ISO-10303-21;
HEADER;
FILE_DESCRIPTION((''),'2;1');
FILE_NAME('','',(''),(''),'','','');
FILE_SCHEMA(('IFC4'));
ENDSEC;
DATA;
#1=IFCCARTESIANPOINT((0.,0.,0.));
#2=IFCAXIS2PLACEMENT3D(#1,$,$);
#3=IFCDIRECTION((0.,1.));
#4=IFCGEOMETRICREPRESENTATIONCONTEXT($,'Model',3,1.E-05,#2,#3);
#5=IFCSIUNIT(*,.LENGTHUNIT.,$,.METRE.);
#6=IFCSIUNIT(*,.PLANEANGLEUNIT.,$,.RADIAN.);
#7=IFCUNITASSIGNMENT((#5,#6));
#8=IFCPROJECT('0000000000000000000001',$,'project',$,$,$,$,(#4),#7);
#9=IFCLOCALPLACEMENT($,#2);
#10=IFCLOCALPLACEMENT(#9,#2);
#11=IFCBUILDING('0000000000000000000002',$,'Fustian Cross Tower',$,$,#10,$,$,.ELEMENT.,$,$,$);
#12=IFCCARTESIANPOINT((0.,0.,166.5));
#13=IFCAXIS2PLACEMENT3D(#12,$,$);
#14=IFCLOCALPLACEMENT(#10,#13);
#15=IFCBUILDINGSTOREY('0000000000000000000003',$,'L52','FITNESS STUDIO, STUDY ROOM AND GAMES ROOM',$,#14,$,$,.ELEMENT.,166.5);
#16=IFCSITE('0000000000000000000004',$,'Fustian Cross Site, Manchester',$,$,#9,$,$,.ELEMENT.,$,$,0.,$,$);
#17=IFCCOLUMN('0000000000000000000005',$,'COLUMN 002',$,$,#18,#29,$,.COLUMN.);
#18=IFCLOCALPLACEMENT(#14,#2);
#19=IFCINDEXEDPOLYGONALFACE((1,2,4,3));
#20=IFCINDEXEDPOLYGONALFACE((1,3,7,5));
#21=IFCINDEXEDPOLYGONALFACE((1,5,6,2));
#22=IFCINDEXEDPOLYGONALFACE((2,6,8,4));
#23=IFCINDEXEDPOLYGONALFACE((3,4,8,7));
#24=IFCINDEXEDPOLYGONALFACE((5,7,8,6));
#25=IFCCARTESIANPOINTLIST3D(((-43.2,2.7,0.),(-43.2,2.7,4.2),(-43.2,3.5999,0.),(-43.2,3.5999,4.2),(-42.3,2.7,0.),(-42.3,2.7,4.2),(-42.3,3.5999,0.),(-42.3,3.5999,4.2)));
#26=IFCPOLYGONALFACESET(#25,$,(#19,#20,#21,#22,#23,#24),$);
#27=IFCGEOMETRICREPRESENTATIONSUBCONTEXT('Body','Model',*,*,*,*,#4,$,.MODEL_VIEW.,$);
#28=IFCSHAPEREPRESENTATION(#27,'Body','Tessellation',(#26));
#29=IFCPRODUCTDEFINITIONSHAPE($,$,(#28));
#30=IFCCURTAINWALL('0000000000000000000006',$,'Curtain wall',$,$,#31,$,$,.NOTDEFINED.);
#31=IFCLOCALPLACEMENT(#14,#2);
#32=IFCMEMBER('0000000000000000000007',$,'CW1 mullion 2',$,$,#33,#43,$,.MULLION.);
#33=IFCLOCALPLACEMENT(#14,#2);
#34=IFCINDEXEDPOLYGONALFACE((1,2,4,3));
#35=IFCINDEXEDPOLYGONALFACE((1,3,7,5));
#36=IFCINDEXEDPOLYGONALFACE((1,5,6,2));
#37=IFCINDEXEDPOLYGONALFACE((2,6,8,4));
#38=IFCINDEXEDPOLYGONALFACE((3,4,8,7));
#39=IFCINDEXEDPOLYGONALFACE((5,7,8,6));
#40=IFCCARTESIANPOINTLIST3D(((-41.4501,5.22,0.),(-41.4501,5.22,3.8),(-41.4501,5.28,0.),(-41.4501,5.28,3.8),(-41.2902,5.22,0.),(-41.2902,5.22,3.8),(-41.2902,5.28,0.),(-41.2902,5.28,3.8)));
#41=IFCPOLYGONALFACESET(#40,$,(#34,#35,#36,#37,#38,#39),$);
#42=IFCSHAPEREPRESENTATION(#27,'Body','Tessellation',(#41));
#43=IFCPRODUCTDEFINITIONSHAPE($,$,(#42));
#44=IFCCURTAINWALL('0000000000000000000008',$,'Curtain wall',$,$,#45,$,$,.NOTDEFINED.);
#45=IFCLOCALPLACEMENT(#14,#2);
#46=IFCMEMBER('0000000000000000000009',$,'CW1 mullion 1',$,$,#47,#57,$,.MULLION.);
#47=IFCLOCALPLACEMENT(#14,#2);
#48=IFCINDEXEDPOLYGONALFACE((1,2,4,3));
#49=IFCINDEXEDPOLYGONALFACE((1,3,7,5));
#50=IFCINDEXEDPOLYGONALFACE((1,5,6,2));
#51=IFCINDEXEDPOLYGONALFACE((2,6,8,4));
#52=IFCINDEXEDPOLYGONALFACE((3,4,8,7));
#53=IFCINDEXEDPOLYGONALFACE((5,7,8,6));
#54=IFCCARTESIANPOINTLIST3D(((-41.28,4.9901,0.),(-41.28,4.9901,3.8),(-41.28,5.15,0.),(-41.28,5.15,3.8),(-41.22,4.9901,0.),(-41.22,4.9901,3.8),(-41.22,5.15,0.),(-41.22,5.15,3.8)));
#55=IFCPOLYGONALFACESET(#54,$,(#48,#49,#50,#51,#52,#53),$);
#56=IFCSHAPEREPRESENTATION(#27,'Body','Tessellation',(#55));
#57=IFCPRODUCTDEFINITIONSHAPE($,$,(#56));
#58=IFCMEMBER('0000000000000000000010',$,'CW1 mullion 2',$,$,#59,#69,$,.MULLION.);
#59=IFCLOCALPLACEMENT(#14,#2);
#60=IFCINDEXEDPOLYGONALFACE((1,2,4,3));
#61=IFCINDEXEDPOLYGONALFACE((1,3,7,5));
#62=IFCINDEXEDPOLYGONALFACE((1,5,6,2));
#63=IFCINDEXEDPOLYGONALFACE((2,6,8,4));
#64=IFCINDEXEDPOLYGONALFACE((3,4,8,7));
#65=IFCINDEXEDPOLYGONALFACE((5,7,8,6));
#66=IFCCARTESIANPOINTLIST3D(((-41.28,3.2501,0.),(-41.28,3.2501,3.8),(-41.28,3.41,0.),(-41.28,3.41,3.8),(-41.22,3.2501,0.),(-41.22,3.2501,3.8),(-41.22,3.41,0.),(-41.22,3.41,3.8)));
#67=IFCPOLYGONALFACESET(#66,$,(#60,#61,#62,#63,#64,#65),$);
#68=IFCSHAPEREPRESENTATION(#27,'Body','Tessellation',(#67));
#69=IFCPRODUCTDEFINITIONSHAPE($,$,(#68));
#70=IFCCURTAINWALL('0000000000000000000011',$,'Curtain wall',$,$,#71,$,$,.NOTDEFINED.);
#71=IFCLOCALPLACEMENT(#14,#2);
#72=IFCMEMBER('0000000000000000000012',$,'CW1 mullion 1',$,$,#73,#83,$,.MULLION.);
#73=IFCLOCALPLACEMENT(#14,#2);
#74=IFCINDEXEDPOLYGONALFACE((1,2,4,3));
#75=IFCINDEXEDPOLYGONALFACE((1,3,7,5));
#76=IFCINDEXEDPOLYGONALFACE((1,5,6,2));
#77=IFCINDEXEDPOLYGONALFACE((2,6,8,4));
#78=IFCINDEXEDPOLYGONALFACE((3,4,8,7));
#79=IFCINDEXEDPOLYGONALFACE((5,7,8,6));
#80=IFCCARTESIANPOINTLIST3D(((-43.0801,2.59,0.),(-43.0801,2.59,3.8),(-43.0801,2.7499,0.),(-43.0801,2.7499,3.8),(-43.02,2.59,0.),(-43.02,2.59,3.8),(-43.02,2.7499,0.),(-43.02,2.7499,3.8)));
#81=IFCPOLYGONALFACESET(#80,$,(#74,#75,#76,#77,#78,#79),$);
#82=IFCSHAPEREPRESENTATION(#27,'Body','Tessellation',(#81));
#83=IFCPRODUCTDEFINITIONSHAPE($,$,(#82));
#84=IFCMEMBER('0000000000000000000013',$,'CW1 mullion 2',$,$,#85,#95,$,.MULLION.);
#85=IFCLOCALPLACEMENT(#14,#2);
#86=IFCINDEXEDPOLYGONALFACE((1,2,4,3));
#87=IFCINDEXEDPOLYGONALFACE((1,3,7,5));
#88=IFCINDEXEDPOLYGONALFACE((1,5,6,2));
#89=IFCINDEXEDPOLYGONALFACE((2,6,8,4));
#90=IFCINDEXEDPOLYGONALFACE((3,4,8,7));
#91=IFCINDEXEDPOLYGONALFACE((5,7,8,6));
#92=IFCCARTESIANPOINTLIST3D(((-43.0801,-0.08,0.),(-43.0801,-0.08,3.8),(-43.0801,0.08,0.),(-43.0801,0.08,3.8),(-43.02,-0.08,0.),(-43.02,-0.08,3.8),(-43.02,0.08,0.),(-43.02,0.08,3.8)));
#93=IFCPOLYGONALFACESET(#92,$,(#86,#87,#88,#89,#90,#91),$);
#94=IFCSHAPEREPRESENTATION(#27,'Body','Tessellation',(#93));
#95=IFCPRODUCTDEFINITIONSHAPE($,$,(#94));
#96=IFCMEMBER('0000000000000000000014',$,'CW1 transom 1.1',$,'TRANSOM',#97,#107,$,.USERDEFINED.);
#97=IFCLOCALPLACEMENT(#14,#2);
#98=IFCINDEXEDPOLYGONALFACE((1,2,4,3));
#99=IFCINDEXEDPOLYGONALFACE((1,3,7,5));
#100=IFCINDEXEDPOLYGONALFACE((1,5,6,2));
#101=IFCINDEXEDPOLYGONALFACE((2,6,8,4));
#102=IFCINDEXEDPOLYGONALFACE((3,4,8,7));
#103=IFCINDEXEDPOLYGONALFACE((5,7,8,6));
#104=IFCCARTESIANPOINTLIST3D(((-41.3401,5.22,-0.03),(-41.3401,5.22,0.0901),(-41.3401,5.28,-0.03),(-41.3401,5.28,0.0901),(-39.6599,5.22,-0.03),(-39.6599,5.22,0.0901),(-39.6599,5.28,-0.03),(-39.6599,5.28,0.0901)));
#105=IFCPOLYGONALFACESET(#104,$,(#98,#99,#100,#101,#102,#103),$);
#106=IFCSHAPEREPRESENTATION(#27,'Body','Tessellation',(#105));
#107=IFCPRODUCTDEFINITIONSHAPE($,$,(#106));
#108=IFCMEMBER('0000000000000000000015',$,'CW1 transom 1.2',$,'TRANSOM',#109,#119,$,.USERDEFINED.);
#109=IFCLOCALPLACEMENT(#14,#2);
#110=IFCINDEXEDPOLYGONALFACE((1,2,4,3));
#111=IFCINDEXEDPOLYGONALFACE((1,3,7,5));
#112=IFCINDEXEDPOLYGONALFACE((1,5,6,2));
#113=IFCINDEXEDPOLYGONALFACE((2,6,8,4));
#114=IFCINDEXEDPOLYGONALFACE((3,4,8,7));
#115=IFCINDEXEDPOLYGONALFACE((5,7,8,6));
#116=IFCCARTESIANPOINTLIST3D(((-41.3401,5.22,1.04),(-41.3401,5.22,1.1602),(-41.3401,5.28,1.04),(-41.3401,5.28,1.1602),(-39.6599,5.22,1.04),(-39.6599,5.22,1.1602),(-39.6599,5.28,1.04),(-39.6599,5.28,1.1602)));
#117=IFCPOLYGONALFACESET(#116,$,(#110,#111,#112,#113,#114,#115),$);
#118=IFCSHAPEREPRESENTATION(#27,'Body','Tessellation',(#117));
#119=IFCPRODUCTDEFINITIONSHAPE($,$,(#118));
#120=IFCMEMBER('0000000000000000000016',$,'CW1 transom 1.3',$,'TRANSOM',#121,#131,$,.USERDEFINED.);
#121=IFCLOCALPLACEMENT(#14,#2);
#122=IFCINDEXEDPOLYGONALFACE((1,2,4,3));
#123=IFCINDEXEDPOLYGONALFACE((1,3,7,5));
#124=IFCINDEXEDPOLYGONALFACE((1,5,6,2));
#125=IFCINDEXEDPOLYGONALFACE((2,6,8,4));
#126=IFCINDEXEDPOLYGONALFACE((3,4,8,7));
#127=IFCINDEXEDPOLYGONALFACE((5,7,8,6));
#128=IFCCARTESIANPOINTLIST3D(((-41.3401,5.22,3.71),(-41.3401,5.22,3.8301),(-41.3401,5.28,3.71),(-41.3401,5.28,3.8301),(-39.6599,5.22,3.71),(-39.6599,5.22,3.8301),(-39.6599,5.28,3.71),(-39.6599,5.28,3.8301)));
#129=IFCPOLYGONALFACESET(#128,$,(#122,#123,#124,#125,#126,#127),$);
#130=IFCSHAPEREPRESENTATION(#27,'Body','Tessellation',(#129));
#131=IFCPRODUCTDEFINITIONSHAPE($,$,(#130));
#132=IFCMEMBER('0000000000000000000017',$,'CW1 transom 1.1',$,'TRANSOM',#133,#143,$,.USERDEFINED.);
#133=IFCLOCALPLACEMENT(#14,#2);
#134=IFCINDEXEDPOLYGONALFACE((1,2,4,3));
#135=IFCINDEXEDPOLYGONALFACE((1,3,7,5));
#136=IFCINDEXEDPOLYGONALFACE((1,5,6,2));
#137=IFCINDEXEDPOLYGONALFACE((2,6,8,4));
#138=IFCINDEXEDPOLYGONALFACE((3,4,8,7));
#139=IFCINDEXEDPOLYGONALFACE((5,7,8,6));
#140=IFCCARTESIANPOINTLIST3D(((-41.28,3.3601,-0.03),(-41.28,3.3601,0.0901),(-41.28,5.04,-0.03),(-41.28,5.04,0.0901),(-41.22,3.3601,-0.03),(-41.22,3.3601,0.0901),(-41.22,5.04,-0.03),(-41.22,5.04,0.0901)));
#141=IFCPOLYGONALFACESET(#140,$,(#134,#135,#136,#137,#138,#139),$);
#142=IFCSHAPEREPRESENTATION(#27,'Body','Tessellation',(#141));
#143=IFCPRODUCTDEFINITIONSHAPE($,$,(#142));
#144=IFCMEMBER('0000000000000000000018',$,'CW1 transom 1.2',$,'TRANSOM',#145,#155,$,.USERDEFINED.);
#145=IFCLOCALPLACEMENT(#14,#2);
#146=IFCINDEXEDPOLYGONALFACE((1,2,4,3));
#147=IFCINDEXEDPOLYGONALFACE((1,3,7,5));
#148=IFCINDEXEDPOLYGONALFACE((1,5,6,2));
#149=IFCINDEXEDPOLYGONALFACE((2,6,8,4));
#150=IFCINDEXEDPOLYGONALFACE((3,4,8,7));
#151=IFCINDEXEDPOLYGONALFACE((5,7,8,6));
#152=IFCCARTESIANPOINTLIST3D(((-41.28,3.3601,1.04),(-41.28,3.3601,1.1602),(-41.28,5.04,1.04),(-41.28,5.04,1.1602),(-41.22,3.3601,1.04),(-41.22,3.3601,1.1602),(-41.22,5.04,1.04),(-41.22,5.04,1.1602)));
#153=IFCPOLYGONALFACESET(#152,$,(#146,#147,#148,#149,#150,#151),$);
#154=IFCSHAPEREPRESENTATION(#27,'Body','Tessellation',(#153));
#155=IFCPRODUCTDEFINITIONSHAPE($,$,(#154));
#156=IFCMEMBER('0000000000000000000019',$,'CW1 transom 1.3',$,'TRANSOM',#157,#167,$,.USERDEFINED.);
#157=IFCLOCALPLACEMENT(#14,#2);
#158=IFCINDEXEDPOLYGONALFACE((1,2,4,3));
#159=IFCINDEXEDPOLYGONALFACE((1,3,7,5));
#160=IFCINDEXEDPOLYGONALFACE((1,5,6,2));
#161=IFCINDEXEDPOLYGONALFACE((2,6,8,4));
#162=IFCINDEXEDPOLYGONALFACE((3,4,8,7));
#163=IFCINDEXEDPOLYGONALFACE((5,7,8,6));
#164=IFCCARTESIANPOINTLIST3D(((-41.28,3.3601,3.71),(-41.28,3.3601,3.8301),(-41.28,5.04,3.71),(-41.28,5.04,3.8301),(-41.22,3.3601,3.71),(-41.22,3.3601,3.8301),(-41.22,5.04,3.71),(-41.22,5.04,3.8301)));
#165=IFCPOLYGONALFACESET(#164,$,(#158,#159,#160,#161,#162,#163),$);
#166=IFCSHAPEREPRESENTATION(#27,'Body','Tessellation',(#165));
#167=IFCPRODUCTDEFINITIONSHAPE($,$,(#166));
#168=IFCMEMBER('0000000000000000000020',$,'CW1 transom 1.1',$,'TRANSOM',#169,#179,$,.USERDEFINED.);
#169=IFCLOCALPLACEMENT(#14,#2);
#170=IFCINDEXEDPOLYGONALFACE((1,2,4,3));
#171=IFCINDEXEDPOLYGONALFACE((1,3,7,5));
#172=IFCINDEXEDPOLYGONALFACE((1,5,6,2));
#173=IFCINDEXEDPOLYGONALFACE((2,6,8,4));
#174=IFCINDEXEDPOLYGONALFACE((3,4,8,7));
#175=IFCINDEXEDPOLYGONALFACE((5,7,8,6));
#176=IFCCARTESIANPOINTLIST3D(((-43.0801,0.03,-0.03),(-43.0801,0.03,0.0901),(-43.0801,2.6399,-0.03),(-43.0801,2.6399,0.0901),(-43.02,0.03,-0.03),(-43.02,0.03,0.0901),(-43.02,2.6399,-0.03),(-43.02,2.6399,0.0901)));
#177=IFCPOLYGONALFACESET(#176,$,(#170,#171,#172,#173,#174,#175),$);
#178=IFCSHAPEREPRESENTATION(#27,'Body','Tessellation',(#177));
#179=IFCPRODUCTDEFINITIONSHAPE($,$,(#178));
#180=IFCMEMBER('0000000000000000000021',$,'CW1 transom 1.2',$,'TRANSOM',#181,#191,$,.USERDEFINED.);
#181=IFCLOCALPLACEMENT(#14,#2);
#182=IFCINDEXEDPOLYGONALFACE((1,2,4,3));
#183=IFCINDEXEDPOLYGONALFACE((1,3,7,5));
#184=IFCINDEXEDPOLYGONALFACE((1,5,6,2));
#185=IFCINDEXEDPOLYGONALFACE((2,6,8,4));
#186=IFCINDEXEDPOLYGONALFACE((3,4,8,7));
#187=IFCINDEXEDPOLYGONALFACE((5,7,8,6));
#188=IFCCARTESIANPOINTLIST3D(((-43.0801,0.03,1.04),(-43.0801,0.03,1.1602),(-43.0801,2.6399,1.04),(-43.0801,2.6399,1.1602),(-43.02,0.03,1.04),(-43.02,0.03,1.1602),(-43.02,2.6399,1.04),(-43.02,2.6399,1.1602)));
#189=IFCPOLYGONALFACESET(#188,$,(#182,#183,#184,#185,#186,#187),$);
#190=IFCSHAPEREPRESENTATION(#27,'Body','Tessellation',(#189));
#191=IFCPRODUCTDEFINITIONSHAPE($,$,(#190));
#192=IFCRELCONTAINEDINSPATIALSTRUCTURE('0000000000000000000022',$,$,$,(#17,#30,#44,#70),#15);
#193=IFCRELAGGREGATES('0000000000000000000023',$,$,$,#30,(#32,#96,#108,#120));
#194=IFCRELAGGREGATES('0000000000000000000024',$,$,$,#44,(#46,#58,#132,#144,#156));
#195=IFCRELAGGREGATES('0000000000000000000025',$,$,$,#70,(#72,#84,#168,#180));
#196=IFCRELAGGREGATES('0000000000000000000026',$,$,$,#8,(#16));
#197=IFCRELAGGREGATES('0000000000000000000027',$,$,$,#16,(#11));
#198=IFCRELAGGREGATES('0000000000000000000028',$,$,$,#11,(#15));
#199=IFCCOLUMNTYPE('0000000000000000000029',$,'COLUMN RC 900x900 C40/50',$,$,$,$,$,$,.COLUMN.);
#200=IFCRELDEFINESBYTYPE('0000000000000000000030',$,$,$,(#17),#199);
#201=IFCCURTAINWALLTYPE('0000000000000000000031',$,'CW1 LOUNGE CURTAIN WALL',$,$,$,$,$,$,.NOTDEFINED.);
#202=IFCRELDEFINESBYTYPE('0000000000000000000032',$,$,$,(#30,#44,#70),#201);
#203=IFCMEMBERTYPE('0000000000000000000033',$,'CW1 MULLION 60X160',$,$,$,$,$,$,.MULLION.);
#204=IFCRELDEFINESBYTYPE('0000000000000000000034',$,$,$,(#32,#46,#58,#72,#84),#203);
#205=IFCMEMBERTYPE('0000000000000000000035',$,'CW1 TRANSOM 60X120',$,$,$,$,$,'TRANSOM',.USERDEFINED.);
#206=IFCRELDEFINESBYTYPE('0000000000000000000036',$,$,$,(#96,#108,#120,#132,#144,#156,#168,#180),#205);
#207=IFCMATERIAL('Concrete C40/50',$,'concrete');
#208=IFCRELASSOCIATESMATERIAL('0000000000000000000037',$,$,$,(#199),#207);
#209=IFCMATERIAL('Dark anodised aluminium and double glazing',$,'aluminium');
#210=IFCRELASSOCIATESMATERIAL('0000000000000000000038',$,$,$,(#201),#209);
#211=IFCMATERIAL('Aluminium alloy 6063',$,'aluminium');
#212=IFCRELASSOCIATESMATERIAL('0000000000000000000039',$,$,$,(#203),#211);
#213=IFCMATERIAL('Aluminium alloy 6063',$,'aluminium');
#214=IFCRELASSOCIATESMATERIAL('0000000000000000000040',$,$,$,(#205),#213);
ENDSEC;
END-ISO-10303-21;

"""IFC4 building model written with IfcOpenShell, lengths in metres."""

from ifc_helpers import new_model, si_unit, direction, frame, origin, origin_2d, place, context, subcontext, project, spatial, rectangle, extrude, material, material_profile, profile_set, type_object, element, aggregate, save


model = new_model("IFC4")

# Units and contexts
model_context = context("Model", 3, precision=1e-05, world=origin(), true_north=direction((0.0, 1.0)))
body_context = subcontext(model_context, "Body", "Model", "MODEL_VIEW")
ifc_project = project(units=[si_unit("LENGTHUNIT", "METRE"), si_unit("PLANEANGLEUNIT", "RADIAN")], contexts=[model_context])

# Site, building, storey
site_placement = place(None, origin())
site = spatial("IfcSite", under=ifc_project, at=site_placement, Name="Fustian Cross Site, Manchester", CompositionType="ELEMENT", RefElevation=0.0)
building_placement = place(site_placement, origin())
building = spatial("IfcBuilding", under=site, at=building_placement, Name="Fustian Cross Tower", CompositionType="ELEMENT")
storey_placement = place(building_placement, frame((0.0, 0.0, 166.5)))
storey = spatial("IfcBuildingStorey", under=building, at=storey_placement, Name="L52", Description="FITNESS STUDIO, STUDY ROOM AND GAMES ROOM", CompositionType="ELEMENT", Elevation=166.5)

# Column
ifc_material_1 = material(Name="Concrete C40/50", Category="concrete")
ifc_material_profile_1 = material_profile(ifc_material_1, rectangle(XDim=0.8999, YDim=0.8999, at=origin_2d()), Name="RC 900x900")
ifc_profile_set_1 = profile_set([ifc_material_profile_1], Name="Concrete C40/50")
column_type = type_object("IfcColumnType", Name="COLUMN RC 900x900 C40/50", PredefinedType="COLUMN", material=ifc_profile_set_1)
column_placement = place(storey_placement, frame((-42.75, 3.1499, 0.0), z_axis=(0.0, 0.0, 1.0), x_axis=(1.0, 0.0, 0.0)))
element("IfcColumn", 1, at=column_placement, inside=storey, type_object=column_type, Name="COLUMN 002", PredefinedType="COLUMN", context=body_context, shape_type="SweptSolid", body=[
    extrude(rectangle(XDim=0.8999, YDim=0.8999, at=origin_2d()), origin(), (0.0, 0.0, 1.0), 4.2),
])

# Curtain wall, member
ifc_material_2 = material(Name="Dark anodised aluminium and double glazing", Category="aluminium")
curtain_wall_type = type_object("IfcCurtainWallType", Name="CW1 LOUNGE CURTAIN WALL", PredefinedType="NOTDEFINED", material=ifc_material_2)
curtain_wall_1_placement = place(storey_placement, origin())
curtain_wall_1 = element("IfcCurtainWall", 2, at=curtain_wall_1_placement, inside=storey, type_object=curtain_wall_type, Name="Curtain wall", PredefinedType="NOTDEFINED")
ifc_material_3 = material(Name="Aluminium alloy 6063", Category="aluminium")
ifc_material_profile_2 = material_profile(ifc_material_3, rectangle(XDim=0.0601, YDim=0.1599, at=origin_2d()), Name="CW1 MULLION 60X160")
ifc_profile_set_2 = profile_set([ifc_material_profile_2], Name="Aluminium alloy 6063")
member_type_1 = type_object("IfcMemberType", Name="CW1 MULLION 60X160", PredefinedType="MULLION", material=ifc_profile_set_2)
member_1_placement = place(storey_placement, frame((-41.3701, 5.25, 0.0), z_axis=(0.0, 0.0, 1.0), x_axis=(0.0, -1.0, 0.0)))
member_1 = element("IfcMember", 3, at=member_1_placement, type_object=member_type_1, Name="CW1 mullion 2", PredefinedType="MULLION", context=body_context, shape_type="SweptSolid", body=[
    extrude(rectangle(XDim=0.0601, YDim=0.1599, at=origin_2d()), origin(), (0.0, 0.0, 1.0), 3.8),
])

# Curtain walls, members
curtain_wall_2_placement = place(storey_placement, origin())
curtain_wall_2 = element("IfcCurtainWall", 4, at=curtain_wall_2_placement, inside=storey, type_object=curtain_wall_type, Name="Curtain wall", PredefinedType="NOTDEFINED")
member_2_placement = place(storey_placement, frame((-41.25, 5.0701, 0.0), z_axis=(0.0, 0.0, 1.0), x_axis=(1.0, 0.0, 0.0)))
member_2 = element("IfcMember", 5, at=member_2_placement, type_object=member_type_1, Name="CW1 mullion 1", PredefinedType="MULLION", context=body_context, shape_type="SweptSolid", body=[
    extrude(rectangle(XDim=0.0601, YDim=0.1599, at=origin_2d()), origin(), (0.0, 0.0, 1.0), 3.8),
])
member_3_placement = place(storey_placement, frame((-41.25, 3.3301, 0.0), z_axis=(0.0, 0.0, 1.0), x_axis=(1.0, 0.0, 0.0)))
member_3 = element("IfcMember", 6, at=member_3_placement, type_object=member_type_1, Name="CW1 mullion 2", PredefinedType="MULLION", context=body_context, shape_type="SweptSolid", body=[
    extrude(rectangle(XDim=0.0601, YDim=0.1599, at=origin_2d()), origin(), (0.0, 0.0, 1.0), 3.8),
])
curtain_wall_3_placement = place(storey_placement, origin())
curtain_wall_3 = element("IfcCurtainWall", 7, at=curtain_wall_3_placement, inside=storey, type_object=curtain_wall_type, Name="Curtain wall", PredefinedType="NOTDEFINED")
member_4_placement = place(storey_placement, frame((-43.05, 2.6699, 0.0), z_axis=(0.0, 0.0, 1.0), x_axis=(1.0, 0.0, 0.0)))
member_4 = element("IfcMember", 8, at=member_4_placement, type_object=member_type_1, Name="CW1 mullion 1", PredefinedType="MULLION", context=body_context, shape_type="SweptSolid", body=[
    extrude(rectangle(XDim=0.0601, YDim=0.1599, at=origin_2d()), origin(), (0.0, 0.0, 1.0), 3.8),
])
member_5_placement = place(storey_placement, frame((-43.05, 0.0, 0.0), z_axis=(0.0, 0.0, 1.0), x_axis=(1.0, 0.0, 0.0)))
member_5 = element("IfcMember", 9, at=member_5_placement, type_object=member_type_1, Name="CW1 mullion 2", PredefinedType="MULLION", context=body_context, shape_type="SweptSolid", body=[
    extrude(rectangle(XDim=0.0601, YDim=0.1599, at=origin_2d()), origin(), (0.0, 0.0, 1.0), 3.8),
])

# Members
ifc_material_4 = material(Name="Aluminium alloy 6063", Category="aluminium")
ifc_material_profile_3 = material_profile(ifc_material_4, rectangle(XDim=0.0601, YDim=0.1201, at=origin_2d()), Name="CW1 TRANSOM 60X120")
ifc_profile_set_3 = profile_set([ifc_material_profile_3], Name="Aluminium alloy 6063")
member_type_2 = type_object("IfcMemberType", Name="CW1 TRANSOM 60X120", ElementType="TRANSOM", PredefinedType="USERDEFINED", material=ifc_profile_set_3)
member_6_placement = place(storey_placement, frame((-39.6599, 5.25, 0.03), z_axis=(-1.0, 0.0, 0.0), x_axis=(0.0, -1.0, 0.0)))
member_6 = element("IfcMember", 10, at=member_6_placement, type_object=member_type_2, Name="CW1 transom 1.1", ObjectType="TRANSOM", PredefinedType="USERDEFINED", context=body_context, shape_type="SweptSolid", body=[
    extrude(rectangle(XDim=0.0601, YDim=0.1201, at=origin_2d()), origin(), (0.0, 0.0, 1.0), 1.6802),
])
member_7_placement = place(storey_placement, frame((-39.6599, 5.25, 1.1001), z_axis=(-1.0, 0.0, 0.0), x_axis=(0.0, -1.0, 0.0)))
member_7 = element("IfcMember", 11, at=member_7_placement, type_object=member_type_2, Name="CW1 transom 1.2", ObjectType="TRANSOM", PredefinedType="USERDEFINED", context=body_context, shape_type="SweptSolid", body=[
    extrude(rectangle(XDim=0.0601, YDim=0.1201, at=origin_2d()), origin(), (0.0, 0.0, 1.0), 1.6802),
])
member_8_placement = place(storey_placement, frame((-39.6599, 5.25, 3.77), z_axis=(-1.0, 0.0, 0.0), x_axis=(0.0, -1.0, 0.0)))
member_8 = element("IfcMember", 12, at=member_8_placement, type_object=member_type_2, Name="CW1 transom 1.3", ObjectType="TRANSOM", PredefinedType="USERDEFINED", context=body_context, shape_type="SweptSolid", body=[
    extrude(rectangle(XDim=0.0601, YDim=0.1201, at=origin_2d()), origin(), (0.0, 0.0, 1.0), 1.6802),
])
member_9_placement = place(storey_placement, frame((-41.25, 5.04, 0.03), z_axis=(0.0, -1.0, 0.0), x_axis=(1.0, 0.0, 0.0)))
member_9 = element("IfcMember", 13, at=member_9_placement, type_object=member_type_2, Name="CW1 transom 1.1", ObjectType="TRANSOM", PredefinedType="USERDEFINED", context=body_context, shape_type="SweptSolid", body=[
    extrude(rectangle(XDim=0.0601, YDim=0.1201, at=origin_2d()), origin(), (0.0, 0.0, 1.0), 1.6799),
])
member_10_placement = place(storey_placement, frame((-41.25, 5.04, 1.1001), z_axis=(0.0, -1.0, 0.0), x_axis=(1.0, 0.0, 0.0)))
member_10 = element("IfcMember", 14, at=member_10_placement, type_object=member_type_2, Name="CW1 transom 1.2", ObjectType="TRANSOM", PredefinedType="USERDEFINED", context=body_context, shape_type="SweptSolid", body=[
    extrude(rectangle(XDim=0.0601, YDim=0.1201, at=origin_2d()), origin(), (0.0, 0.0, 1.0), 1.6799),
])
member_11_placement = place(storey_placement, frame((-41.25, 5.04, 3.77), z_axis=(0.0, -1.0, 0.0), x_axis=(1.0, 0.0, 0.0)))
member_11 = element("IfcMember", 15, at=member_11_placement, type_object=member_type_2, Name="CW1 transom 1.3", ObjectType="TRANSOM", PredefinedType="USERDEFINED", context=body_context, shape_type="SweptSolid", body=[
    extrude(rectangle(XDim=0.0601, YDim=0.1201, at=origin_2d()), origin(), (0.0, 0.0, 1.0), 1.6799),
])
member_12_placement = place(storey_placement, frame((-43.05, 2.6399, 0.03), z_axis=(0.0, -1.0, 0.0), x_axis=(1.0, 0.0, 0.0)))
member_12 = element("IfcMember", 16, at=member_12_placement, type_object=member_type_2, Name="CW1 transom 1.1", ObjectType="TRANSOM", PredefinedType="USERDEFINED", context=body_context, shape_type="SweptSolid", body=[
    extrude(rectangle(XDim=0.0601, YDim=0.1201, at=origin_2d()), origin(), (0.0, 0.0, 1.0), 2.6099),
])
member_13_placement = place(storey_placement, frame((-43.05, 2.6399, 1.1001), z_axis=(0.0, -1.0, 0.0), x_axis=(1.0, 0.0, 0.0)))
member_13 = element("IfcMember", 17, at=member_13_placement, type_object=member_type_2, Name="CW1 transom 1.2", ObjectType="TRANSOM", PredefinedType="USERDEFINED", context=body_context, shape_type="SweptSolid", body=[
    extrude(rectangle(XDim=0.0601, YDim=0.1201, at=origin_2d()), origin(), (0.0, 0.0, 1.0), 2.6099),
])

aggregate(curtain_wall_1, [member_1, member_6, member_7, member_8])
aggregate(curtain_wall_2, [member_2, member_3, member_9, member_10, member_11])
aggregate(curtain_wall_3, [member_4, member_5, member_12, member_13])

save(model, "model.ifc")
